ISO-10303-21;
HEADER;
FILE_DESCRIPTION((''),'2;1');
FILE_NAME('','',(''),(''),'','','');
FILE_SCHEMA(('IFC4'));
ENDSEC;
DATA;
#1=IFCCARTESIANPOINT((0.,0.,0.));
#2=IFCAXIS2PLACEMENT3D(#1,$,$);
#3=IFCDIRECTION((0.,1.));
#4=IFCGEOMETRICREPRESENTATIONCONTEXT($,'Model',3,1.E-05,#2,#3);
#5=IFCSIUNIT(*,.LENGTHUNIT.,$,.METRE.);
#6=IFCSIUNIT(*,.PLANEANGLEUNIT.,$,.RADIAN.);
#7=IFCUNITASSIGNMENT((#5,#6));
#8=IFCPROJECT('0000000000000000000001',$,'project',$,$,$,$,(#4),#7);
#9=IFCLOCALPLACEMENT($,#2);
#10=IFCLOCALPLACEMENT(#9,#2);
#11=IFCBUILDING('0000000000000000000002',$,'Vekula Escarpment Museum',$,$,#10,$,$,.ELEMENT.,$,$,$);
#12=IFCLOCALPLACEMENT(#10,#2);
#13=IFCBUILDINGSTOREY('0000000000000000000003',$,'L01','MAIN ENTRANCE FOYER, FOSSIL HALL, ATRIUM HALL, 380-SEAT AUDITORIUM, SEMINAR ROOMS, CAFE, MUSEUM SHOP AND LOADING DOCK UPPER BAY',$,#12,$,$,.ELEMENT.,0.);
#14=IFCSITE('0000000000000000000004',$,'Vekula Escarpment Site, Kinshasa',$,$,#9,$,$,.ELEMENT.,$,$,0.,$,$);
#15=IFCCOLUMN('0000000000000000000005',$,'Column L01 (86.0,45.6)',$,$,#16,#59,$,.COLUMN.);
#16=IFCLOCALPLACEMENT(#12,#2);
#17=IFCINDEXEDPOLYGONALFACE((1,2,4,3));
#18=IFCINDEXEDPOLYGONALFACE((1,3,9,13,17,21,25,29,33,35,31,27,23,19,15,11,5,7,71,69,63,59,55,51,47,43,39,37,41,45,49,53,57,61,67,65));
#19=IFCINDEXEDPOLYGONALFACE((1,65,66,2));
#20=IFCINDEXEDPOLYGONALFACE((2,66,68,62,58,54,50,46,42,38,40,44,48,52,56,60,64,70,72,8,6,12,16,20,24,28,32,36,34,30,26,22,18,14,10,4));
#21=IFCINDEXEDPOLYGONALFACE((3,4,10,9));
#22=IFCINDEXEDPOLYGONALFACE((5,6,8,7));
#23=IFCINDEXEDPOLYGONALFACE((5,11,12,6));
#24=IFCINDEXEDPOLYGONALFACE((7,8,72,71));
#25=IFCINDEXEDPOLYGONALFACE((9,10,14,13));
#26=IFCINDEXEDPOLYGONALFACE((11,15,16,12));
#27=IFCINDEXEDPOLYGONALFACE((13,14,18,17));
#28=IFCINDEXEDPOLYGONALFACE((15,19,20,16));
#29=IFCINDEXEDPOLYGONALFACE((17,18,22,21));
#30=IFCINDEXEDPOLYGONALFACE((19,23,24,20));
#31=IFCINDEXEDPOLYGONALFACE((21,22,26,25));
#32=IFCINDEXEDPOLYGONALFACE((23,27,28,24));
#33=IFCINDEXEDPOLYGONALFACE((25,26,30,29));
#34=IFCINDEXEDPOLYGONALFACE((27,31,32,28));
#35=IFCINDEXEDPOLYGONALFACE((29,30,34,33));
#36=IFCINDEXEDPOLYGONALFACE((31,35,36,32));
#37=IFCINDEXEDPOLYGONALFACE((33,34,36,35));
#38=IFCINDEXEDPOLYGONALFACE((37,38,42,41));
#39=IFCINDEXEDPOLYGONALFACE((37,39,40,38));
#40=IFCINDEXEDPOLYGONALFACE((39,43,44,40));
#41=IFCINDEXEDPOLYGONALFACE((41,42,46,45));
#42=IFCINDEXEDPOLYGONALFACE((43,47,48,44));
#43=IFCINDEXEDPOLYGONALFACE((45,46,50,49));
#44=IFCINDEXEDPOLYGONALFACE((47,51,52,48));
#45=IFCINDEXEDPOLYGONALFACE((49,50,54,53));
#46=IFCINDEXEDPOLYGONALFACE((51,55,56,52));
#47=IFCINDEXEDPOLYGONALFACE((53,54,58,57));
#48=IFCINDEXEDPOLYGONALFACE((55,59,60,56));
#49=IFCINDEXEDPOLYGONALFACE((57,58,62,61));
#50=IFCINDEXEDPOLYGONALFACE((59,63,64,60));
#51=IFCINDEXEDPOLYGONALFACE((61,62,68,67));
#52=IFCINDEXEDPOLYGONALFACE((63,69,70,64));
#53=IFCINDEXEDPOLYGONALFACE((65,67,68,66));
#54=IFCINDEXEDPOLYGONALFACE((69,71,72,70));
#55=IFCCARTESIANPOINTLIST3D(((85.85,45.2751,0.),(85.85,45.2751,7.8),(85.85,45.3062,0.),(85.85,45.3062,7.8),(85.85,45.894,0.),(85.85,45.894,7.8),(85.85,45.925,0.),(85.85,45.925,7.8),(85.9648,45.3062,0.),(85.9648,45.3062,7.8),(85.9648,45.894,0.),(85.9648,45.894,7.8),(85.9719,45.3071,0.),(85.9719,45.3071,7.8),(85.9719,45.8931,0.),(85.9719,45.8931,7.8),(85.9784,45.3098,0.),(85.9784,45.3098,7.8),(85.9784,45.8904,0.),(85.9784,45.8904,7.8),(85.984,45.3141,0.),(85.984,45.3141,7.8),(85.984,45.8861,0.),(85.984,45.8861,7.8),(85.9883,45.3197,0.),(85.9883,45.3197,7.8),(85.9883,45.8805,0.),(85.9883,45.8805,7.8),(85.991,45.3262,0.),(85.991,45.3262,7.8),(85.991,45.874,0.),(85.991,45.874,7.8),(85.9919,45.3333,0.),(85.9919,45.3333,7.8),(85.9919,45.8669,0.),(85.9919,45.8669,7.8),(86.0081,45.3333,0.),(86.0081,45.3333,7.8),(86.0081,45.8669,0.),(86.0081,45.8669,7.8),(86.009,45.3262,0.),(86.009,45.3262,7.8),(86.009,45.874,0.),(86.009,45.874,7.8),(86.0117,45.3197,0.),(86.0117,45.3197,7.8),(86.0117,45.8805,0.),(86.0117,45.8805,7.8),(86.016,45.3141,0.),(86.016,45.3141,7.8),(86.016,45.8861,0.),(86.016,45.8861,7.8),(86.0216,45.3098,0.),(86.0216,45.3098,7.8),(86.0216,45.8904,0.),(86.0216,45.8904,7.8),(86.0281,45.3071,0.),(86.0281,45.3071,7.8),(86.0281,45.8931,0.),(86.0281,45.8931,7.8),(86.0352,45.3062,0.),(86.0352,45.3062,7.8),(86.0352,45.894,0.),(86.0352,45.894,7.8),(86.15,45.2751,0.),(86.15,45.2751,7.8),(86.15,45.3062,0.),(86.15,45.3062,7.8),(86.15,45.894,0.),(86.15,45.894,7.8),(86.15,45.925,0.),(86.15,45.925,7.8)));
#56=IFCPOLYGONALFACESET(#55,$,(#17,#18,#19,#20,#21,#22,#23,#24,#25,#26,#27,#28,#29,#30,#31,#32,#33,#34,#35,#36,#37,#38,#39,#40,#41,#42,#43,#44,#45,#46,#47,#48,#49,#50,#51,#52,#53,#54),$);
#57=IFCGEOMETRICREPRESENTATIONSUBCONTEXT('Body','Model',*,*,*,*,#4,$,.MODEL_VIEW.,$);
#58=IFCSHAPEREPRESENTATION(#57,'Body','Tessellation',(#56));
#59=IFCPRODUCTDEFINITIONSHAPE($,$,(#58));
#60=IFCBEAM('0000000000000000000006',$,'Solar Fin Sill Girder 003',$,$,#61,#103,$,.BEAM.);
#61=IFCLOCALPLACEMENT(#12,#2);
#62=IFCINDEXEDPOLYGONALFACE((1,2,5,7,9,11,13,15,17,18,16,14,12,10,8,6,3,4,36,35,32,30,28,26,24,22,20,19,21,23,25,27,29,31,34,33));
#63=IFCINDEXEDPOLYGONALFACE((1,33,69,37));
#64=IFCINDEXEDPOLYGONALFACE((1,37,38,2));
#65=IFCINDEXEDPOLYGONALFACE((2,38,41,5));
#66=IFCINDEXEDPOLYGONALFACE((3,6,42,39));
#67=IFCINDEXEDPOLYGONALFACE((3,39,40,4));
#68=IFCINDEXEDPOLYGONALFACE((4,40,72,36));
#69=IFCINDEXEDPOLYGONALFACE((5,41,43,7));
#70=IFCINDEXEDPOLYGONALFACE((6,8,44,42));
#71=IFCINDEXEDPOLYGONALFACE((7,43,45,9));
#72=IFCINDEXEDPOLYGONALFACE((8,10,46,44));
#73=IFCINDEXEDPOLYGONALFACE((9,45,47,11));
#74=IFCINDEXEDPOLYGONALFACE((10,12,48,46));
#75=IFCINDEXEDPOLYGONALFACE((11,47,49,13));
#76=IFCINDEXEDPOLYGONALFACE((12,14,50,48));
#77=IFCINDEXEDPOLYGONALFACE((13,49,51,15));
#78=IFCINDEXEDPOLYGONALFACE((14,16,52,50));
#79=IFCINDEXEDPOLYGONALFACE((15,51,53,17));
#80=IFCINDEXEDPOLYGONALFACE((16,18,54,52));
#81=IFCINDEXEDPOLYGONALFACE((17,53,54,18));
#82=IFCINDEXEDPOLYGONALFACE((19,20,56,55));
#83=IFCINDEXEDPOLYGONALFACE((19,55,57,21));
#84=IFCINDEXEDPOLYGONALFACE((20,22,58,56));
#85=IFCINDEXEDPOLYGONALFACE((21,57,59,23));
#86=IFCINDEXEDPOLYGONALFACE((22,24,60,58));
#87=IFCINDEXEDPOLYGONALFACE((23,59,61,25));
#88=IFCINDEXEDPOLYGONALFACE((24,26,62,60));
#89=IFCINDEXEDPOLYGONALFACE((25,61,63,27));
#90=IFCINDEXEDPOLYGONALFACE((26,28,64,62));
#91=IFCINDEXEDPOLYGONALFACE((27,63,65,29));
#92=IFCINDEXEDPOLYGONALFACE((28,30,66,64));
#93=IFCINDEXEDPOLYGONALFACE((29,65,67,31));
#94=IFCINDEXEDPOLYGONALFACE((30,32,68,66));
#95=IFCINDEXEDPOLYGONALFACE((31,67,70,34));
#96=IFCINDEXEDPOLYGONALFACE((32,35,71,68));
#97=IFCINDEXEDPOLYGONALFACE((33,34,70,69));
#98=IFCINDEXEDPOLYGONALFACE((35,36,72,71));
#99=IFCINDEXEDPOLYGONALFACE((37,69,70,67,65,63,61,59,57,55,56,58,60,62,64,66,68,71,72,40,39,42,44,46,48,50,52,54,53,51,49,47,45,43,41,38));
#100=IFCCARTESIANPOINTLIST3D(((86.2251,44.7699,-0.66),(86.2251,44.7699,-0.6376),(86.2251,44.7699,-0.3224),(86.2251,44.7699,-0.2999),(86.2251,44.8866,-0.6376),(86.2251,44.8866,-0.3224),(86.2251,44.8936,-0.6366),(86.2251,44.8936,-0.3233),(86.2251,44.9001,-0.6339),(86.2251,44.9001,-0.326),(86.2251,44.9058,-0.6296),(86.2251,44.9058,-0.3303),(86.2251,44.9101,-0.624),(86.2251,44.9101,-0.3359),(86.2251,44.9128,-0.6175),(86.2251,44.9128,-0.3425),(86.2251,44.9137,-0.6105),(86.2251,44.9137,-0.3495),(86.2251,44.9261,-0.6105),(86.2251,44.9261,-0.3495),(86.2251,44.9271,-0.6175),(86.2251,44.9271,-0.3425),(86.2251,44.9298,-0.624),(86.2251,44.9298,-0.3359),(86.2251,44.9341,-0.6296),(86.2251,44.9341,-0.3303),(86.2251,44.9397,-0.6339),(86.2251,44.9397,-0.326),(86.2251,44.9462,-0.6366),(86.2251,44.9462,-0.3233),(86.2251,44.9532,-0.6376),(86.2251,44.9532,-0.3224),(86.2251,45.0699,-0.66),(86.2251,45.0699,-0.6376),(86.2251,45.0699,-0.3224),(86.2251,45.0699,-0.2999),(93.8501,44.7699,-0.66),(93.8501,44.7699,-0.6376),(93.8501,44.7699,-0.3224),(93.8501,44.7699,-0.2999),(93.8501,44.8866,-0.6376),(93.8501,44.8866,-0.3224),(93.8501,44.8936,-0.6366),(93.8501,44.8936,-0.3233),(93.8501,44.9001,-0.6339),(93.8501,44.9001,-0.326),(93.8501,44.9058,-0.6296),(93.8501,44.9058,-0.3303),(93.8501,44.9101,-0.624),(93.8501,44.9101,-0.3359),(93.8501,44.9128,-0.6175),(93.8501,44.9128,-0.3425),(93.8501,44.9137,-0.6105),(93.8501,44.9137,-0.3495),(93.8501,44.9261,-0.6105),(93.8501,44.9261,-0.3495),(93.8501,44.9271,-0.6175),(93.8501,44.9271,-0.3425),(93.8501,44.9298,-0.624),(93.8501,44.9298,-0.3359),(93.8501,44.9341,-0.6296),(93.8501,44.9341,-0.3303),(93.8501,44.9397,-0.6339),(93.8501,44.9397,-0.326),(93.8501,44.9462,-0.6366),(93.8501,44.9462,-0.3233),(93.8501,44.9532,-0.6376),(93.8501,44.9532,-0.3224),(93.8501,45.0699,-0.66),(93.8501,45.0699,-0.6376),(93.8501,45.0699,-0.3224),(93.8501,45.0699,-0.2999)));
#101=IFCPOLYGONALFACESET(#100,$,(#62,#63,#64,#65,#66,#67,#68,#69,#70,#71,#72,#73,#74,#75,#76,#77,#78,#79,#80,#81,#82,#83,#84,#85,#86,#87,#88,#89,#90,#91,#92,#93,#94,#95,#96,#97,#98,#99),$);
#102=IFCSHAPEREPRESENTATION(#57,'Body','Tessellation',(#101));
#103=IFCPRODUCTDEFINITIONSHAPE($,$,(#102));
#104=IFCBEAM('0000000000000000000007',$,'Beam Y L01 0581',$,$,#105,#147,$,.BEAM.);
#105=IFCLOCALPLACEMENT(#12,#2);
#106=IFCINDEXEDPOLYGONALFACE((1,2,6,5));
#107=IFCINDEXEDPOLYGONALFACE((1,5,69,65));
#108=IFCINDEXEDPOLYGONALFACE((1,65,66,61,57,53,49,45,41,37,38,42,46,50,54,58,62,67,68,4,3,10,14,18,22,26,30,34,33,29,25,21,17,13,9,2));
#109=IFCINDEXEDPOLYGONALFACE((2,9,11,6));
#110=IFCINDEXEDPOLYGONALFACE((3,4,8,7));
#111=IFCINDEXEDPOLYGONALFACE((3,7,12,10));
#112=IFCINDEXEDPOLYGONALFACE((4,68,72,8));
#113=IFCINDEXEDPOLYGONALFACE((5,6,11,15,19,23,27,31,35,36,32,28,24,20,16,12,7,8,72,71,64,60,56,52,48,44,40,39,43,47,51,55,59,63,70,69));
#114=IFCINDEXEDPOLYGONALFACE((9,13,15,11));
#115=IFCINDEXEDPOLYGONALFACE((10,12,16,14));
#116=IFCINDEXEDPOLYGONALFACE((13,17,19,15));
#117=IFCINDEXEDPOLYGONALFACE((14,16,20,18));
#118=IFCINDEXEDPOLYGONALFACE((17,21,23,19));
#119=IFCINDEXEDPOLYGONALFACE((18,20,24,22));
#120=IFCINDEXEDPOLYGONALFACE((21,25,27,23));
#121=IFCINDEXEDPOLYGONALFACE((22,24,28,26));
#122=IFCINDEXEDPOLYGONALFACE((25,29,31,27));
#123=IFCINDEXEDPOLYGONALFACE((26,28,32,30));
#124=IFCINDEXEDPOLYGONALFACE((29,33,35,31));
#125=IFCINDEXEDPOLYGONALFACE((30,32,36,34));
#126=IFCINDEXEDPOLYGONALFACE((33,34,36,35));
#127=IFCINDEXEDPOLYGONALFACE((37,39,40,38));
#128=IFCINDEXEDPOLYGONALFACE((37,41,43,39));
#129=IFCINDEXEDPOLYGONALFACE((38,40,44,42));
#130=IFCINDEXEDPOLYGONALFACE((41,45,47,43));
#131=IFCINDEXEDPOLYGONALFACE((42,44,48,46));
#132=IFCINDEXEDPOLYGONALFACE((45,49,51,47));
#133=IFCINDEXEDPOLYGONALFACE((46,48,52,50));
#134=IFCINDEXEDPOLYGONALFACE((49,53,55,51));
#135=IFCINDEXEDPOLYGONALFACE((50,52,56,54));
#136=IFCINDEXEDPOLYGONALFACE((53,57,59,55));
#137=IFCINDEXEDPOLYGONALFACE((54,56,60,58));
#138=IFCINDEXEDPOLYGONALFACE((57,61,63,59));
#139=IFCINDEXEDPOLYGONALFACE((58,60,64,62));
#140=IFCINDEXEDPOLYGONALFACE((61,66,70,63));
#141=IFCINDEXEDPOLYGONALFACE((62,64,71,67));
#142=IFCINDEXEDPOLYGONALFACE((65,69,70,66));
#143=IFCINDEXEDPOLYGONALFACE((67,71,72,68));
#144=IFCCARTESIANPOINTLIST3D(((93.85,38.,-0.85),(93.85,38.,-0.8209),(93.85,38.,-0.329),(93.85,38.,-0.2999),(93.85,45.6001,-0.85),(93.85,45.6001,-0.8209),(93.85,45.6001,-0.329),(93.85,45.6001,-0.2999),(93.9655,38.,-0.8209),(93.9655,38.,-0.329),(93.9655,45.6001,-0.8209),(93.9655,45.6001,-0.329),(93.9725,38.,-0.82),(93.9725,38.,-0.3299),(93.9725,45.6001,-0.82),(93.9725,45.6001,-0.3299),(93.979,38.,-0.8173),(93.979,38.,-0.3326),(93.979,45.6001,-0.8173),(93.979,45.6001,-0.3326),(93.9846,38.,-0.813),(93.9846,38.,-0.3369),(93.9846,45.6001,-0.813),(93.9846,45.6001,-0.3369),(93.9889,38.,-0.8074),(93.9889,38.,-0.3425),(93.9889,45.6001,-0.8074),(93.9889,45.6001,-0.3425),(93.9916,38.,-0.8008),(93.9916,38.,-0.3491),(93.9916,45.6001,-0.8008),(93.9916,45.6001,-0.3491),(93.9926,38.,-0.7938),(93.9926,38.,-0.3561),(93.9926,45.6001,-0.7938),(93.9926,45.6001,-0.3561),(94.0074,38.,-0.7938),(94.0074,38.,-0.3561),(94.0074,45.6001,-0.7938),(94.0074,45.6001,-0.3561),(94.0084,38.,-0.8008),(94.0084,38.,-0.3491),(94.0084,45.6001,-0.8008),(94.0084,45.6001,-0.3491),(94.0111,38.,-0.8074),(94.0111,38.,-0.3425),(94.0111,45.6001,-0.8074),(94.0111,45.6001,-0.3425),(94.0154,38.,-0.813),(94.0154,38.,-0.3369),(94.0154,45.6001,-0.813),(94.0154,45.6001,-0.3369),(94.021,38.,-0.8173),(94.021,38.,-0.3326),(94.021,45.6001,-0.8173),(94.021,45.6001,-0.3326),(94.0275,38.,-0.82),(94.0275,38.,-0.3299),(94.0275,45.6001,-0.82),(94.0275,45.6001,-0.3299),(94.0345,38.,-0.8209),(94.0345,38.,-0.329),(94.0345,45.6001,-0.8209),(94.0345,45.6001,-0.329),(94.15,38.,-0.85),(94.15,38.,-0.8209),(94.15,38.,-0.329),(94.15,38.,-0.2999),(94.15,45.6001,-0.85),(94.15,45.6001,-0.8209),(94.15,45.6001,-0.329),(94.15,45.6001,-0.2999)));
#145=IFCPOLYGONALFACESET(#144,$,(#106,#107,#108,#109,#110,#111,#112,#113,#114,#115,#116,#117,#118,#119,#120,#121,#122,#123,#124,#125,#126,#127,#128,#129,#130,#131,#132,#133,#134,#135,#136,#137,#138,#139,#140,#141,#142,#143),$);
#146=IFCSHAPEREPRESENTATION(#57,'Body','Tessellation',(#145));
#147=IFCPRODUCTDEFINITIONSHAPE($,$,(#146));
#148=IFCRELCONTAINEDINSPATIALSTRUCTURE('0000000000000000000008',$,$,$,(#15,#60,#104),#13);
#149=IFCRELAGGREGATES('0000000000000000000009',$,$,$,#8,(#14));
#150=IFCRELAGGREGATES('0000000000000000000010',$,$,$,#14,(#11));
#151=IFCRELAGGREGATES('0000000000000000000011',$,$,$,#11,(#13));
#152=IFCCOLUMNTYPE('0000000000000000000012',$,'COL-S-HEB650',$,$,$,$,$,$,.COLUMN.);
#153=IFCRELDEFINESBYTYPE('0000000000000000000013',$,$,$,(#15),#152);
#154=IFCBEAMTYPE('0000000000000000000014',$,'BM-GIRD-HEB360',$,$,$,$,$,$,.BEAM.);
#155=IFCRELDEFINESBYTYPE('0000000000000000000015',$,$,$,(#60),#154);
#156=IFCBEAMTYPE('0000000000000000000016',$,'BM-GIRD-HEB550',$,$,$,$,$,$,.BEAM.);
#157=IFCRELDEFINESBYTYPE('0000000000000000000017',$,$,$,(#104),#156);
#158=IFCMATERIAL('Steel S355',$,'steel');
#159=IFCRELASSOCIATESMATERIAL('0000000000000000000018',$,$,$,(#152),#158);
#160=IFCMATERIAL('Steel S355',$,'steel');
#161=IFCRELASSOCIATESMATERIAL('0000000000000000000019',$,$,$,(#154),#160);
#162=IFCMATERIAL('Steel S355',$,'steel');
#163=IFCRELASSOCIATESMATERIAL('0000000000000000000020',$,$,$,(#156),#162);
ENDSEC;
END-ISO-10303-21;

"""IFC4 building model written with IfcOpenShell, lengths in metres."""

from ifc_helpers import new_model, si_unit, direction, frame, origin, origin_2d, place, context, subcontext, project, spatial, i_section, extrude, material, material_profile, profile_set, type_object, element, save


model = new_model("IFC4")

# Units and contexts
model_context = context("Model", 3, precision=1e-05, world=origin(), true_north=direction((0.0, 1.0)))
body_context = subcontext(model_context, "Body", "Model", "MODEL_VIEW")
ifc_project = project(units=[si_unit("LENGTHUNIT", "METRE"), si_unit("PLANEANGLEUNIT", "RADIAN")], contexts=[model_context])

# Site, building, storey
site_placement = place(None, origin())
site = spatial("IfcSite", under=ifc_project, at=site_placement, Name="Vekula Escarpment Site, Kinshasa", CompositionType="ELEMENT", RefElevation=0.0)
building_placement = place(site_placement, origin())
building = spatial("IfcBuilding", under=site, at=building_placement, Name="Vekula Escarpment Museum", CompositionType="ELEMENT")
storey_placement = place(building_placement, origin())
storey = spatial("IfcBuildingStorey", under=building, at=storey_placement, Name="L01", Description="MAIN ENTRANCE FOYER, FOSSIL HALL, ATRIUM HALL, 380-SEAT AUDITORIUM, SEMINAR ROOMS, CAFE, MUSEUM SHOP AND LOADING DOCK UPPER BAY", CompositionType="ELEMENT", Elevation=0.0)

# Column
ifc_material_1 = material(Name="Steel S355", Category="steel")
ifc_material_profile_1 = material_profile(ifc_material_1, i_section(OverallWidth=0.3, OverallDepth=0.6499, WebThickness=0.0161, FlangeThickness=0.031, FilletRadius=0.0271, at=origin_2d()), Name="HEB 650")
ifc_profile_set_1 = profile_set([ifc_material_profile_1], Name="Steel S355")
column_type = type_object("IfcColumnType", Name="COL-S-HEB650", PredefinedType="COLUMN", material=ifc_profile_set_1)
column_placement = place(storey_placement, frame((86.0, 45.6001, 0.0), z_axis=(0.0, 0.0, 1.0), x_axis=(1.0, 0.0, 0.0)))
element("IfcColumn", 1, at=column_placement, inside=storey, type_object=column_type, Name="Column L01 (86.0,45.6)", PredefinedType="COLUMN", context=body_context, shape_type="SweptSolid", body=[
    extrude(i_section(OverallWidth=0.3, OverallDepth=0.6499, WebThickness=0.0161, FlangeThickness=0.031, FilletRadius=0.0271, at=origin_2d()), origin(), (0.0, 0.0, 1.0), 7.8),
])

# Beams
ifc_material_2 = material(Name="Steel S355", Category="steel")
ifc_material_profile_2 = material_profile(ifc_material_2, i_section(OverallWidth=0.3, OverallDepth=0.3601, WebThickness=0.0125, FlangeThickness=0.0225, FilletRadius=0.0271, at=origin_2d()), Name="HEB 360")
ifc_profile_set_2 = profile_set([ifc_material_profile_2], Name="Steel S355")
beam_type_1 = type_object("IfcBeamType", Name="BM-GIRD-HEB360", PredefinedType="BEAM", material=ifc_profile_set_2)
beam_1_placement = place(storey_placement, frame((86.2251, 44.9199, -0.48), z_axis=(1.0, 0.0, 0.0), x_axis=(0.0, 1.0, 0.0)))
element("IfcBeam", 2, at=beam_1_placement, inside=storey, type_object=beam_type_1, Name="Solar Fin Sill Girder 003", PredefinedType="BEAM", context=body_context, shape_type="SweptSolid", body=[
    extrude(i_section(OverallWidth=0.3, OverallDepth=0.3601, WebThickness=0.0125, FlangeThickness=0.0225, FilletRadius=0.0271, at=origin_2d()), origin(), (0.0, 0.0, 1.0), 7.625),
])
ifc_material_3 = material(Name="Steel S355", Category="steel")
ifc_material_profile_3 = material_profile(ifc_material_3, i_section(OverallWidth=0.3, OverallDepth=0.55, WebThickness=0.0149, FlangeThickness=0.0291, FilletRadius=0.0271, at=origin_2d()), Name="HEB 550")
ifc_profile_set_3 = profile_set([ifc_material_profile_3], Name="Steel S355")
beam_type_2 = type_object("IfcBeamType", Name="BM-GIRD-HEB550", PredefinedType="BEAM", material=ifc_profile_set_3)
beam_2_placement = place(storey_placement, frame((94.0, 38.0, -0.575), z_axis=(0.0, 1.0, 0.0), x_axis=(-1.0, 0.0, 0.0)))
element("IfcBeam", 3, at=beam_2_placement, inside=storey, type_object=beam_type_2, Name="Beam Y L01 0581", PredefinedType="BEAM", context=body_context, shape_type="SweptSolid", body=[
    extrude(i_section(OverallWidth=0.3, OverallDepth=0.55, WebThickness=0.0149, FlangeThickness=0.0291, FilletRadius=0.0271, at=origin_2d()), origin(), (0.0, 0.0, 1.0), 7.6001),
])

save(model, "model.ifc")
